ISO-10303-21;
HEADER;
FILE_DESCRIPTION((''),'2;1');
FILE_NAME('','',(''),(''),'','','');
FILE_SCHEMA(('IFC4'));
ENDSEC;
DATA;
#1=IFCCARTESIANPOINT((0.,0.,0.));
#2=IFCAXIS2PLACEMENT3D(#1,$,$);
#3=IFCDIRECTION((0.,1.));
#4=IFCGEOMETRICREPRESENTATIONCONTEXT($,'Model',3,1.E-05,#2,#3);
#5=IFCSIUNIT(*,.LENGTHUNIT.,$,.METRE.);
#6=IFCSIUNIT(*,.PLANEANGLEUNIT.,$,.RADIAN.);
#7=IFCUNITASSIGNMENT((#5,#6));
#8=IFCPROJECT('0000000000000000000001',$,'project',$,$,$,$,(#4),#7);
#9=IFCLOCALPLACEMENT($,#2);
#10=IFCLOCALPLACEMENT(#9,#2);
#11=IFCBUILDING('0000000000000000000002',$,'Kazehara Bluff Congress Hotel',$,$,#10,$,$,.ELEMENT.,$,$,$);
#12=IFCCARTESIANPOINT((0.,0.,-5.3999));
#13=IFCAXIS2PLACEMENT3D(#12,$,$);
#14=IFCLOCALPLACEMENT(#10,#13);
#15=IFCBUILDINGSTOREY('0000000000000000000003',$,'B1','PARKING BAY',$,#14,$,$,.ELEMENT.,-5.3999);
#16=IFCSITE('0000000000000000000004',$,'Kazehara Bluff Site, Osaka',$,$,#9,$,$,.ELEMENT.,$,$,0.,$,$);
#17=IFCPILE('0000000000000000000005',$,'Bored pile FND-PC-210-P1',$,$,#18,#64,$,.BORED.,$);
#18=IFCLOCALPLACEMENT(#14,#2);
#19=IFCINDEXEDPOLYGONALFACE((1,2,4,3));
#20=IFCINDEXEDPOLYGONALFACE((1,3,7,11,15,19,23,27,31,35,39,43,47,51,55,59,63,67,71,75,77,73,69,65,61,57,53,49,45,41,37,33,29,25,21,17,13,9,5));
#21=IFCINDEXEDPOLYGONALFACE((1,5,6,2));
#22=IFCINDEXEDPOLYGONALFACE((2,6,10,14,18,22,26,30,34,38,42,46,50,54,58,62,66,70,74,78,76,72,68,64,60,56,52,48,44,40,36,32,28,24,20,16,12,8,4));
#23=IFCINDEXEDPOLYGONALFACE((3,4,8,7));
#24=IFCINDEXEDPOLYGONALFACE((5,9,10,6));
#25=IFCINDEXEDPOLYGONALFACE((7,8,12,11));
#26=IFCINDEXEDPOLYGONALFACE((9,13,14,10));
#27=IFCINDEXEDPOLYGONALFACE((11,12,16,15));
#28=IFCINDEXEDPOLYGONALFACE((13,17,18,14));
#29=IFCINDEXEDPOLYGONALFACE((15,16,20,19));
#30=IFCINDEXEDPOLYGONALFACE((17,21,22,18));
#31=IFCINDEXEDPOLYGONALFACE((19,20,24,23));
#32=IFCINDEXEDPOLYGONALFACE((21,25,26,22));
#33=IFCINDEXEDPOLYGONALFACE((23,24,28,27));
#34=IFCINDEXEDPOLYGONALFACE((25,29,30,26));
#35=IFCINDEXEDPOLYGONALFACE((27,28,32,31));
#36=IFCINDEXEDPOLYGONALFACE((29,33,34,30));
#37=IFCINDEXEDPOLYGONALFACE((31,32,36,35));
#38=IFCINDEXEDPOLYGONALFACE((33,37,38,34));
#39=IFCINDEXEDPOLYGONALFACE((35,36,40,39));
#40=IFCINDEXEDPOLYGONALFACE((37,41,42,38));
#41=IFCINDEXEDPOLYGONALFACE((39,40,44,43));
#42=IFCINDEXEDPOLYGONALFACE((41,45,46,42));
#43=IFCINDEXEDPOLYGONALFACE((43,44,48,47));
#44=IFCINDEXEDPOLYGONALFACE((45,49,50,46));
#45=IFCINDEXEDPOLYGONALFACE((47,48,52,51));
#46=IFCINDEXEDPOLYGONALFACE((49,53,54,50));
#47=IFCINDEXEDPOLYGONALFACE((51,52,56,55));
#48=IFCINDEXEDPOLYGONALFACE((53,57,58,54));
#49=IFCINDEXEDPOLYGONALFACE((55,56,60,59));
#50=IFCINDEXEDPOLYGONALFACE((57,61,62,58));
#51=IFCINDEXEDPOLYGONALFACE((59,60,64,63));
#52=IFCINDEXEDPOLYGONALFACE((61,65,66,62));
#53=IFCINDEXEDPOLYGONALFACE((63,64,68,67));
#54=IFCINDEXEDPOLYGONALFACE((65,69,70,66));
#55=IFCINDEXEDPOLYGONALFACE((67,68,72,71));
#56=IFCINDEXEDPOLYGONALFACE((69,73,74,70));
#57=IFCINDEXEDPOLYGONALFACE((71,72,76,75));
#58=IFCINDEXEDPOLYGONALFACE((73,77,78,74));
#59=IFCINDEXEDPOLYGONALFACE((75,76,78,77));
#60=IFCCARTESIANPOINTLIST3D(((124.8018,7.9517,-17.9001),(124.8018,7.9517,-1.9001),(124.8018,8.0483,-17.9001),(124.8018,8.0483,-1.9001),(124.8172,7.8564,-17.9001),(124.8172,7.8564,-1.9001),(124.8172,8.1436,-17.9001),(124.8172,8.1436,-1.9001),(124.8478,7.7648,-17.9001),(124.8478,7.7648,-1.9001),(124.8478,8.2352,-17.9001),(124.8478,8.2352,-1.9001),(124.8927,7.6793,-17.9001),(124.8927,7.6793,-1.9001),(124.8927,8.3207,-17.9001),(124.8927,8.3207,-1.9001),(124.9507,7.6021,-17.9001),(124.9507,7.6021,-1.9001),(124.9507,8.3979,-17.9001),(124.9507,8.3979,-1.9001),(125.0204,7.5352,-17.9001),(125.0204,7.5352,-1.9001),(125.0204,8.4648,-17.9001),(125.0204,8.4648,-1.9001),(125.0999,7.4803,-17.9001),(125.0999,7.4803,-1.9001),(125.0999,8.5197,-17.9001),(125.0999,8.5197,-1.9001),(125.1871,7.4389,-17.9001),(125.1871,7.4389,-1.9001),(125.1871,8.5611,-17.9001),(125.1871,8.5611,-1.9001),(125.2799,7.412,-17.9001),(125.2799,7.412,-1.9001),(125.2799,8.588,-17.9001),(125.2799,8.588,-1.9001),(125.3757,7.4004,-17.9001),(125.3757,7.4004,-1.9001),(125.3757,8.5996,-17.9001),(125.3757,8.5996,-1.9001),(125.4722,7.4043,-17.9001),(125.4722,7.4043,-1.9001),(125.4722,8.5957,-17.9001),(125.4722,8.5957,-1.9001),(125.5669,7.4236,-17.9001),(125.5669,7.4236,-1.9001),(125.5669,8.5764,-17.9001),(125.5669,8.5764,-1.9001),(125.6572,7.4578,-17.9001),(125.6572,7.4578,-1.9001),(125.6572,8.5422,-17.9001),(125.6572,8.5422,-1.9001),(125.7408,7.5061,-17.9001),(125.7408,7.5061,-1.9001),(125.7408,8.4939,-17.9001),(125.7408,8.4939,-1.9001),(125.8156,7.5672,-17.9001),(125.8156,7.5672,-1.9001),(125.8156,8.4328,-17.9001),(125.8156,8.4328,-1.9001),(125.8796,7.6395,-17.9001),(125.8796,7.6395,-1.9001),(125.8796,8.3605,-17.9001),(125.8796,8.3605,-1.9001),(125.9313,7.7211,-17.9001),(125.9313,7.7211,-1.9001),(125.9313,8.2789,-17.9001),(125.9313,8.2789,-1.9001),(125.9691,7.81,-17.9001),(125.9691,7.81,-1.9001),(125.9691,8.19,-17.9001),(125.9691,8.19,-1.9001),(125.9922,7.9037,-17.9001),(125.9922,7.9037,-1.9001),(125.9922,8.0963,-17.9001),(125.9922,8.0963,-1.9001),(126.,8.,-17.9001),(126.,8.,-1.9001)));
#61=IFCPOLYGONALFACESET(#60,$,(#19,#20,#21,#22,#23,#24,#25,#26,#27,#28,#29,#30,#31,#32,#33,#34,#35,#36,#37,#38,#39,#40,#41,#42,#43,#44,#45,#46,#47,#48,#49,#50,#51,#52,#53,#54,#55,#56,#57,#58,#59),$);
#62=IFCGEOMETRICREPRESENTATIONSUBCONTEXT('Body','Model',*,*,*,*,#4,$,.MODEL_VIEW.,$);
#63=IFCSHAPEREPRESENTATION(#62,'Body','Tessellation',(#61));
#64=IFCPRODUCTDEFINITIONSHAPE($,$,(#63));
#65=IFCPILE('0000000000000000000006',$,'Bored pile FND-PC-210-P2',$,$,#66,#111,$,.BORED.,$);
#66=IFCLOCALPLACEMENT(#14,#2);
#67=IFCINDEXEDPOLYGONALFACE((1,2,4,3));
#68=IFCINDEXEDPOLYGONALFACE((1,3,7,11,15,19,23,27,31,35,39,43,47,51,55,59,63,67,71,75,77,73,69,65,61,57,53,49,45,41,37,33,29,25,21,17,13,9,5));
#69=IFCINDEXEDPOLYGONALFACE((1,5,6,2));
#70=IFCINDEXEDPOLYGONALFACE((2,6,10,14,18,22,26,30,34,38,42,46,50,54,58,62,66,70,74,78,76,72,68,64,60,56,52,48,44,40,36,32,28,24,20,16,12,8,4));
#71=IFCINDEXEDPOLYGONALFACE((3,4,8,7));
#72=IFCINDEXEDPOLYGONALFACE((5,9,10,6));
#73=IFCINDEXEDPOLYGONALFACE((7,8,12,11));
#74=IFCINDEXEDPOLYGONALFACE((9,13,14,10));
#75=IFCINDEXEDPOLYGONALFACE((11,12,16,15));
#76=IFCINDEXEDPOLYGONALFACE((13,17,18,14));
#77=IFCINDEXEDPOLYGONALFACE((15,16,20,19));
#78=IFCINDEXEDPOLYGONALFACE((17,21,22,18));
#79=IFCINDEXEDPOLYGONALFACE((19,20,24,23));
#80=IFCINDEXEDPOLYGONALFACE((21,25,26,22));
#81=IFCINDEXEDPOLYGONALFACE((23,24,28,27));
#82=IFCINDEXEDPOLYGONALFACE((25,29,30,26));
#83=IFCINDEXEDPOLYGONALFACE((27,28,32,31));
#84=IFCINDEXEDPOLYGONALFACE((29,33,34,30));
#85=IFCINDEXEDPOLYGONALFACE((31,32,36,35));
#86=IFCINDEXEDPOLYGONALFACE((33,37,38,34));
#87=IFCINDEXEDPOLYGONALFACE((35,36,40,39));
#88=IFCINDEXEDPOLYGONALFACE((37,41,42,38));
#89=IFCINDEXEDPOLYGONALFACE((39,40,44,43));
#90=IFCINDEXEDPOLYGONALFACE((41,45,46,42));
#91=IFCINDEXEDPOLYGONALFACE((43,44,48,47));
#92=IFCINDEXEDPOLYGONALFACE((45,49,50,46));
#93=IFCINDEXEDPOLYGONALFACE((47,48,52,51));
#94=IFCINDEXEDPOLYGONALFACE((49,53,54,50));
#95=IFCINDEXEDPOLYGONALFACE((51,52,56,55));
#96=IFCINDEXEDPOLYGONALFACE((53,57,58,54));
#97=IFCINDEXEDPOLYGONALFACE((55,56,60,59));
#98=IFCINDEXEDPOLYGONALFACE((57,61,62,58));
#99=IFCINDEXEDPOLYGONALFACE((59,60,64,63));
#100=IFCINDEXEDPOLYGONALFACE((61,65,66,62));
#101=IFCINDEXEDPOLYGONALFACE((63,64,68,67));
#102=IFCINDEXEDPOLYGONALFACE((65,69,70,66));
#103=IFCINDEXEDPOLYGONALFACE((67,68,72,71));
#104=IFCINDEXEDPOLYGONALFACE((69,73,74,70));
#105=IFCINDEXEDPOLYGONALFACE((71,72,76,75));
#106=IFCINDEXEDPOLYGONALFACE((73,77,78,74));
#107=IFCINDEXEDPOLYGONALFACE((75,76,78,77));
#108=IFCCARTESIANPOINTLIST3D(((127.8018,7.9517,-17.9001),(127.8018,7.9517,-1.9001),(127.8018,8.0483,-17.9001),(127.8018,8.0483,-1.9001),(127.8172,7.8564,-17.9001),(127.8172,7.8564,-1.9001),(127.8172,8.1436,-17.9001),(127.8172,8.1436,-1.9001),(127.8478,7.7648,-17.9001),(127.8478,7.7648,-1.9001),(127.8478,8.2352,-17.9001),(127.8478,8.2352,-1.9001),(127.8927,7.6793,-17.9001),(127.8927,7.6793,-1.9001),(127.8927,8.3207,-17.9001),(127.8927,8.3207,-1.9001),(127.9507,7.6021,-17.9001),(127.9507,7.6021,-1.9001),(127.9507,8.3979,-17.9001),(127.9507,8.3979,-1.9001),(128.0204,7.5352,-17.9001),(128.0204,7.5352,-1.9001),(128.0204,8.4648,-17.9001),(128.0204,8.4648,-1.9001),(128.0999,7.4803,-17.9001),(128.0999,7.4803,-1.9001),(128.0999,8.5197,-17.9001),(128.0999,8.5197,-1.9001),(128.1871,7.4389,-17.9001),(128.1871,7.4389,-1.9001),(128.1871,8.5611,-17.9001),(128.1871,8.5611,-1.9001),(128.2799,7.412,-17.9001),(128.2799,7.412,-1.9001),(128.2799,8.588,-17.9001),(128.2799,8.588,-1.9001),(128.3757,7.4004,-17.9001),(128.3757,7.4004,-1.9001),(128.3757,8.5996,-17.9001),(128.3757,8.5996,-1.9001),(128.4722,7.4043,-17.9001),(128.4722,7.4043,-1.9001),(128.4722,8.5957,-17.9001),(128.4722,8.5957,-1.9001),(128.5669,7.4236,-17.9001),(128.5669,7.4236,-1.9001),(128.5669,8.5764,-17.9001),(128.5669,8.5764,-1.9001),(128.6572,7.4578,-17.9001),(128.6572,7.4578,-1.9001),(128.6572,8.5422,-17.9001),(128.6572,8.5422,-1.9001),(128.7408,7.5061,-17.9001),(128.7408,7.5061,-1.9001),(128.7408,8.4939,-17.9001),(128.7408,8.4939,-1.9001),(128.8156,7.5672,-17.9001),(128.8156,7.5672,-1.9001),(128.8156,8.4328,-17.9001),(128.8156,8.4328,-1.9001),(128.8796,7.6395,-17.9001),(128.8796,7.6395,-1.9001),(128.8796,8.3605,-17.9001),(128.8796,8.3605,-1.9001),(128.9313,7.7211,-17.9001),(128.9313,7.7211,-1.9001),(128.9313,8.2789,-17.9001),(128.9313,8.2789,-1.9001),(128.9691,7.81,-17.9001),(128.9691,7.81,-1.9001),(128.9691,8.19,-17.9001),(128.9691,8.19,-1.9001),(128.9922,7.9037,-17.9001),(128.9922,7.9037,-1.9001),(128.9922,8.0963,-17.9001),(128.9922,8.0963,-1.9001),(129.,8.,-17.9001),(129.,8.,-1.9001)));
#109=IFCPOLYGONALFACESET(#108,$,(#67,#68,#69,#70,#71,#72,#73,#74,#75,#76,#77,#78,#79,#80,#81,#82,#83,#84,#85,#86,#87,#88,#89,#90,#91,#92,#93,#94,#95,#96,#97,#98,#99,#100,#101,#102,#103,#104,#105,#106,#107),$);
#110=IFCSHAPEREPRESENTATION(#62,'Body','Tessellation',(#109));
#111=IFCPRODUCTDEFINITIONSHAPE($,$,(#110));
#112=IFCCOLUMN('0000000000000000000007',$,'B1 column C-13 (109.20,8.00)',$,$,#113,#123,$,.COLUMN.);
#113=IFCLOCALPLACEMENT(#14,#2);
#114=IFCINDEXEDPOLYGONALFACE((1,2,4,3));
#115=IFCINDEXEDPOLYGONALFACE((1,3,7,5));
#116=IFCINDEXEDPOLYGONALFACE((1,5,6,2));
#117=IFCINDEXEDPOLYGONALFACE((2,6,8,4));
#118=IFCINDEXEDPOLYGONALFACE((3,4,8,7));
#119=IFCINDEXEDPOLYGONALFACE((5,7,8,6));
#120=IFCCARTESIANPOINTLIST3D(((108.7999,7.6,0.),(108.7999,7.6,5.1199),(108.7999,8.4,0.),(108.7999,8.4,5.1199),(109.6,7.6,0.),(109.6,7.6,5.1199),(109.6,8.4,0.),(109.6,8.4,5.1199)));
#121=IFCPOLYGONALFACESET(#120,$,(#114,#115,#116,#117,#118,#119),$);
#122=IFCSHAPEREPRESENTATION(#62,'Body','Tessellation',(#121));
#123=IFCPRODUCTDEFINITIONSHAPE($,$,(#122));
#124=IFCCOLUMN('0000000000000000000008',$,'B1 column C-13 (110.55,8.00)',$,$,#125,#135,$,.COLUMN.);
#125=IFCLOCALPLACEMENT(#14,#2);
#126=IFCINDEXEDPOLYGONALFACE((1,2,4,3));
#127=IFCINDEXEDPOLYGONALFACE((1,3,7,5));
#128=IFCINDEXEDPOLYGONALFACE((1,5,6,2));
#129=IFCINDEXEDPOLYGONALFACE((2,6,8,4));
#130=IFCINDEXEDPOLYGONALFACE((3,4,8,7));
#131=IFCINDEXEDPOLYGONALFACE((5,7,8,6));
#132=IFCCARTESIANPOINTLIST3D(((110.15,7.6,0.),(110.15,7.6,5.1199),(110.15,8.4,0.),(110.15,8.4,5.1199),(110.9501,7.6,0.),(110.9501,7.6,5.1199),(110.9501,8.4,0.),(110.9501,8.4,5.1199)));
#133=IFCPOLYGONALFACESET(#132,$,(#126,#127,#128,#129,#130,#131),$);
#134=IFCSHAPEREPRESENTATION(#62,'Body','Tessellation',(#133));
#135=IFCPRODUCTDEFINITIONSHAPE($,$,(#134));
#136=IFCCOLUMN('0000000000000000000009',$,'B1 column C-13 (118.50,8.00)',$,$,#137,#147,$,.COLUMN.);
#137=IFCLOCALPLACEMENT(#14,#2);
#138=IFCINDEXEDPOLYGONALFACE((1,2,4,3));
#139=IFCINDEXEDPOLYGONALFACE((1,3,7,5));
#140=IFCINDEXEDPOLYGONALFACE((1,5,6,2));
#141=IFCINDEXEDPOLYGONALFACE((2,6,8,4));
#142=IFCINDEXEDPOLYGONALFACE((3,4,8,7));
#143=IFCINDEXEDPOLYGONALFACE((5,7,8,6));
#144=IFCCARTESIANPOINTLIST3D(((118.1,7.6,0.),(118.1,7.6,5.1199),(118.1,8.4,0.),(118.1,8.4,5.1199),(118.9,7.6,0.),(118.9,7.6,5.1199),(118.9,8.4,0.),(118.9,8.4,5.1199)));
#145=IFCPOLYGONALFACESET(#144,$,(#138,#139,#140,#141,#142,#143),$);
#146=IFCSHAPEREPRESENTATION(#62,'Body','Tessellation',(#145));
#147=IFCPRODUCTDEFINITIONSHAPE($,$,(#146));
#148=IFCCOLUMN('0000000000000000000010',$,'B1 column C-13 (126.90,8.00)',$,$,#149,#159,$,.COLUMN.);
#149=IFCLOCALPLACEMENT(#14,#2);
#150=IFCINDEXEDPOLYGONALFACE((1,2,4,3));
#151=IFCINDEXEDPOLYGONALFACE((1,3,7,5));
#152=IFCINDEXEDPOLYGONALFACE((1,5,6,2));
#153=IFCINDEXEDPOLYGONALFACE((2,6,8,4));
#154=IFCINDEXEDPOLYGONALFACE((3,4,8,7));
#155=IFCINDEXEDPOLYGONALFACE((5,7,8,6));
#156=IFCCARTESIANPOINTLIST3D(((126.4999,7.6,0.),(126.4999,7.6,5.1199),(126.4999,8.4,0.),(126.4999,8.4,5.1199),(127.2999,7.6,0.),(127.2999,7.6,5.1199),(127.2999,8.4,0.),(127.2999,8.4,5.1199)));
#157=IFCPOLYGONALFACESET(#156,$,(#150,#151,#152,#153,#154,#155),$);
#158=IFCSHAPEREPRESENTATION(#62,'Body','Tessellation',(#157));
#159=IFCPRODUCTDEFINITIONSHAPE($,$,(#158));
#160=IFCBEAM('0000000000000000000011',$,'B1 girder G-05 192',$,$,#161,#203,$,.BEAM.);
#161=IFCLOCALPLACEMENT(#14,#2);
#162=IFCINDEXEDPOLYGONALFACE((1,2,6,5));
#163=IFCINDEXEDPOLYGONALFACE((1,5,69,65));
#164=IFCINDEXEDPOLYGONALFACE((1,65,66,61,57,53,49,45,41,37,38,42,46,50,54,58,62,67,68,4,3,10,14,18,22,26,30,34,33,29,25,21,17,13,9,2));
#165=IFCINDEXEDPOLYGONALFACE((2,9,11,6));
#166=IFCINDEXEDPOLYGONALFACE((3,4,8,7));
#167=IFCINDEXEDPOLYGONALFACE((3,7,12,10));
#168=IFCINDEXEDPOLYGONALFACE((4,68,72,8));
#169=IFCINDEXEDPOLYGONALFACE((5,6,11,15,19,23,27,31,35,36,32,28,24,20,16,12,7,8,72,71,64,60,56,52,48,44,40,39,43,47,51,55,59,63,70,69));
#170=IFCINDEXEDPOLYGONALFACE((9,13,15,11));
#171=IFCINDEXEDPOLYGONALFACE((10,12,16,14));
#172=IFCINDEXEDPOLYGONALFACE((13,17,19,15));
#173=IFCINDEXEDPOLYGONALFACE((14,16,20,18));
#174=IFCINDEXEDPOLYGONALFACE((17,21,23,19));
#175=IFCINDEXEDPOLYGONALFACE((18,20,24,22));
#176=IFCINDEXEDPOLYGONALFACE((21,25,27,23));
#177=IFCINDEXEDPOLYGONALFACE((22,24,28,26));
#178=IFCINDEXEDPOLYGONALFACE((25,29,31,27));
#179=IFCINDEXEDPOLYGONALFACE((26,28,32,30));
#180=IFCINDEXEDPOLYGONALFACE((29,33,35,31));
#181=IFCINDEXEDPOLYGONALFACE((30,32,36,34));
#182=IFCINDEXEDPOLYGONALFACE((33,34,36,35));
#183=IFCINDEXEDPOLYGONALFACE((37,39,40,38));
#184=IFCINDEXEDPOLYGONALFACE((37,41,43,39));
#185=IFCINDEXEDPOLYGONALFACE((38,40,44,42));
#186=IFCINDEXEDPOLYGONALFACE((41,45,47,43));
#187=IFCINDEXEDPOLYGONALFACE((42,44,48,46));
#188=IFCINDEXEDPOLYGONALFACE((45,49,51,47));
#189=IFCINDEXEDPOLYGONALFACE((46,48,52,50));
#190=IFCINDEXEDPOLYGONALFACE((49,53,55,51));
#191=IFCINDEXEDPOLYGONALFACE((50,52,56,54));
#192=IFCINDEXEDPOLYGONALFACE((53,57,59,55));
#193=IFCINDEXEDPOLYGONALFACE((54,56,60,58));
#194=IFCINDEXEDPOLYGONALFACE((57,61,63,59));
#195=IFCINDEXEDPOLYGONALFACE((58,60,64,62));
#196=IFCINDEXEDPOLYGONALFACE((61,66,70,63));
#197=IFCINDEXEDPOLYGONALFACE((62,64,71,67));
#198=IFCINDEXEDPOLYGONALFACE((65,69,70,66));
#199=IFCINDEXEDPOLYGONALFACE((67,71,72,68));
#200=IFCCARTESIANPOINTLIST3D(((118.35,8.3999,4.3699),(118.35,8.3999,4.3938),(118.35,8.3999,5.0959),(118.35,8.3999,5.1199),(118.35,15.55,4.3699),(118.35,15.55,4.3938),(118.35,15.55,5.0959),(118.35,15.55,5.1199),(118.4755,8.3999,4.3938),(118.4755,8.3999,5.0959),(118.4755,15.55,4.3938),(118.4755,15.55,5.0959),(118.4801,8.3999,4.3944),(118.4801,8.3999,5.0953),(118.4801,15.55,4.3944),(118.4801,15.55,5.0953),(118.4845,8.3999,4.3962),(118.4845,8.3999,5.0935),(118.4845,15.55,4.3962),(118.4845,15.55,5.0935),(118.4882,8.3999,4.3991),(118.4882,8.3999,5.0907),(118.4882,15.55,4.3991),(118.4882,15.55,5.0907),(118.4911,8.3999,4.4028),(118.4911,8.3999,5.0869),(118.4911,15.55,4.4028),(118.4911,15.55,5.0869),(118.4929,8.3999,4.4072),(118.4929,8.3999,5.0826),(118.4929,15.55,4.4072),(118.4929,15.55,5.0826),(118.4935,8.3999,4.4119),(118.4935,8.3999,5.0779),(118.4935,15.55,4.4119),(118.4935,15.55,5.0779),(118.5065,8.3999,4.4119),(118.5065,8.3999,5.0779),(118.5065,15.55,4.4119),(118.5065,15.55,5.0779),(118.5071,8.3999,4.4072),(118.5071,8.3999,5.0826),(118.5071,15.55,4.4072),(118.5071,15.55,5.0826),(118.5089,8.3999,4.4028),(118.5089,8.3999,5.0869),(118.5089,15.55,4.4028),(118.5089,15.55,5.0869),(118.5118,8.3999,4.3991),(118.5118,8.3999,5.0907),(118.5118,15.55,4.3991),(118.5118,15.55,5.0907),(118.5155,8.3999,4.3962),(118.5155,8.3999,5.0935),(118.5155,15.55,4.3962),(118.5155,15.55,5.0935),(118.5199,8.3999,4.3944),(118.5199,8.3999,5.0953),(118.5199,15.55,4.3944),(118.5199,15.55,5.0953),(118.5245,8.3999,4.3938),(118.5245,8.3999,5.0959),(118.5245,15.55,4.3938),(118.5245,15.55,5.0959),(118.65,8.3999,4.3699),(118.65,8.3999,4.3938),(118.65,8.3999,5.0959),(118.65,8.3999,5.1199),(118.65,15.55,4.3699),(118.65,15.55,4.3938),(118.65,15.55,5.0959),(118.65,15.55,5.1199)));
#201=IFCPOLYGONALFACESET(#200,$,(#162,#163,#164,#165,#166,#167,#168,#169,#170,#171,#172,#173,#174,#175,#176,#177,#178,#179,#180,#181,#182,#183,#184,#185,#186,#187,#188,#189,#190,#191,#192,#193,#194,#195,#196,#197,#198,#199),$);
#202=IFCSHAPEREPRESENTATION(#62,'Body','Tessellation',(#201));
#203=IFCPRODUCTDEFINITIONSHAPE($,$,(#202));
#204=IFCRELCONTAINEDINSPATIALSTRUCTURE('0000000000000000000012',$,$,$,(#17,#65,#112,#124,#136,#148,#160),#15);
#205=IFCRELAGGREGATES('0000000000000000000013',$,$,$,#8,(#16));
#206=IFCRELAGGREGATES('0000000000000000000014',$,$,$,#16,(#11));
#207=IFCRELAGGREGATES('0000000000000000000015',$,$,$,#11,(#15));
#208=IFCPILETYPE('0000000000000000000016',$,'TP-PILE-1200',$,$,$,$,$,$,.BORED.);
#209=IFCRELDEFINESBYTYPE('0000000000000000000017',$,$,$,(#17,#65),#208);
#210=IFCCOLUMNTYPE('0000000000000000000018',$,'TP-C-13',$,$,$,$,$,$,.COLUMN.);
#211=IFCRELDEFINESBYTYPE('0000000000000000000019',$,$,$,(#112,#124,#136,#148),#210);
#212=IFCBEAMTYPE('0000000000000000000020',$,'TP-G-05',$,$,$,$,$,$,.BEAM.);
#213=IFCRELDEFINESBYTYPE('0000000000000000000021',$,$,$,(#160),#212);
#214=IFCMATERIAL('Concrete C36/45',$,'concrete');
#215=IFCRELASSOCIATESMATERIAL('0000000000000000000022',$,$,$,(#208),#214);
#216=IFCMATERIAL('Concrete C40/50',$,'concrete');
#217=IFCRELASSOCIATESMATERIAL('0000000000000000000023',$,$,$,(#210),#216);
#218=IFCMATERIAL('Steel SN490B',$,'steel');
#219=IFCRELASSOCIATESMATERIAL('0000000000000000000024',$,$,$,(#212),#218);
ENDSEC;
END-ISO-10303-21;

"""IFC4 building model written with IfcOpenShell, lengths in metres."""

from ifc_helpers import new_model, si_unit, direction, frame, origin, origin_2d, place, context, subcontext, project, spatial, rectangle, circle, i_section, extrude, material, material_profile, profile_set, type_object, element, save


model = new_model("IFC4")

# Units and contexts
model_context = context("Model", 3, precision=1e-05, world=origin(), true_north=direction((0.0, 1.0)))
body_context = subcontext(model_context, "Body", "Model", "MODEL_VIEW")
ifc_project = project(units=[si_unit("LENGTHUNIT", "METRE"), si_unit("PLANEANGLEUNIT", "RADIAN")], contexts=[model_context])

# Site, building, storey
site_placement = place(None, origin())
site = spatial("IfcSite", under=ifc_project, at=site_placement, Name="Kazehara Bluff Site, Osaka", CompositionType="ELEMENT", RefElevation=0.0)
building_placement = place(site_placement, origin())
building = spatial("IfcBuilding", under=site, at=building_placement, Name="Kazehara Bluff Congress Hotel", CompositionType="ELEMENT")
storey_placement = place(building_placement, frame((0.0, 0.0, -5.3999)))
storey = spatial("IfcBuildingStorey", under=building, at=storey_placement, Name="B1", Description="PARKING BAY", CompositionType="ELEMENT", Elevation=-5.3999)

# Piles
ifc_material_1 = material(Name="Concrete C36/45", Category="concrete")
ifc_material_profile_1 = material_profile(ifc_material_1, circle(Radius=0.6001, at=origin_2d()))
ifc_profile_set_1 = profile_set([ifc_material_profile_1], Name="Concrete C36/45")
pile_type = type_object("IfcPileType", Name="TP-PILE-1200", PredefinedType="BORED", material=ifc_profile_set_1)
for number, where, z_axis, x_axis, name in (
    (1, (125.3999, 8.0, -1.9001), (0.0, 0.0, -1.0), (1.0, 0.0, 0.0), "Bored pile FND-PC-210-P1"),
    (2, (128.3999, 8.0, -1.9001), (0.0, 0.0, -1.0), (1.0, 0.0, 0.0), "Bored pile FND-PC-210-P2"),
):
    element("IfcPile", number, at=place(storey_placement, frame(where, z_axis=z_axis, x_axis=x_axis)), inside=storey, type_object=pile_type, Name=name, PredefinedType="BORED", context=body_context, shape_type="SweptSolid", body=[
        extrude(circle(Radius=0.6001, at=origin_2d()), origin(), (0.0, 0.0, 1.0), 16.0),
    ])

# Columns
ifc_material_2 = material(Name="Concrete C40/50", Category="concrete")
ifc_material_profile_2 = material_profile(ifc_material_2, rectangle(XDim=0.8, YDim=0.8, at=origin_2d()))
ifc_profile_set_2 = profile_set([ifc_material_profile_2], Name="Concrete C40/50")
column_type = type_object("IfcColumnType", Name="TP-C-13", PredefinedType="COLUMN", material=ifc_profile_set_2)
for number, where, z_axis, x_axis, name in (
    (3, (109.2, 8.0, 0.0), (0.0, 0.0, 1.0), (1.0, 0.0, 0.0), "B1 column C-13 (109.20,8.00)"),
    (4, (110.55, 8.0, 0.0), (0.0, 0.0, 1.0), (1.0, 0.0, 0.0), "B1 column C-13 (110.55,8.00)"),
    (5, (118.5, 8.0, 0.0), (0.0, 0.0, 1.0), (1.0, 0.0, 0.0), "B1 column C-13 (118.50,8.00)"),
    (6, (126.8999, 8.0, 0.0), (0.0, 0.0, 1.0), (1.0, 0.0, 0.0), "B1 column C-13 (126.90,8.00)"),
):
    element("IfcColumn", number, at=place(storey_placement, frame(where, z_axis=z_axis, x_axis=x_axis)), inside=storey, type_object=column_type, Name=name, PredefinedType="COLUMN", context=body_context, shape_type="SweptSolid", body=[
        extrude(rectangle(XDim=0.8, YDim=0.8, at=origin_2d()), origin(), (0.0, 0.0, 1.0), 5.1199),
    ])

# Beam
ifc_material_3 = material(Name="Steel SN490B", Category="steel")
ifc_material_profile_3 = material_profile(ifc_material_3, i_section(OverallWidth=0.3, OverallDepth=0.75, WebThickness=0.0129, FlangeThickness=0.0239, FilletRadius=0.0181, at=origin_2d()))
ifc_profile_set_3 = profile_set([ifc_material_profile_3], Name="Steel SN490B")
beam_type = type_object("IfcBeamType", Name="TP-G-05", PredefinedType="BEAM", material=ifc_profile_set_3)
for number, where, z_axis, x_axis, name in (
    (7, (118.5, 8.3999, 4.7449), (0.0, 1.0, 0.0), (-1.0, 0.0, 0.0), "B1 girder G-05 192"),
):
    element("IfcBeam", number, at=place(storey_placement, frame(where, z_axis=z_axis, x_axis=x_axis)), inside=storey, type_object=beam_type, Name=name, PredefinedType="BEAM", context=body_context, shape_type="SweptSolid", body=[
        extrude(i_section(OverallWidth=0.3, OverallDepth=0.75, WebThickness=0.0129, FlangeThickness=0.0239, FilletRadius=0.0181, at=origin_2d()), origin(), (0.0, 0.0, 1.0), 7.1501),
    ])

save(model, "model.ifc")
